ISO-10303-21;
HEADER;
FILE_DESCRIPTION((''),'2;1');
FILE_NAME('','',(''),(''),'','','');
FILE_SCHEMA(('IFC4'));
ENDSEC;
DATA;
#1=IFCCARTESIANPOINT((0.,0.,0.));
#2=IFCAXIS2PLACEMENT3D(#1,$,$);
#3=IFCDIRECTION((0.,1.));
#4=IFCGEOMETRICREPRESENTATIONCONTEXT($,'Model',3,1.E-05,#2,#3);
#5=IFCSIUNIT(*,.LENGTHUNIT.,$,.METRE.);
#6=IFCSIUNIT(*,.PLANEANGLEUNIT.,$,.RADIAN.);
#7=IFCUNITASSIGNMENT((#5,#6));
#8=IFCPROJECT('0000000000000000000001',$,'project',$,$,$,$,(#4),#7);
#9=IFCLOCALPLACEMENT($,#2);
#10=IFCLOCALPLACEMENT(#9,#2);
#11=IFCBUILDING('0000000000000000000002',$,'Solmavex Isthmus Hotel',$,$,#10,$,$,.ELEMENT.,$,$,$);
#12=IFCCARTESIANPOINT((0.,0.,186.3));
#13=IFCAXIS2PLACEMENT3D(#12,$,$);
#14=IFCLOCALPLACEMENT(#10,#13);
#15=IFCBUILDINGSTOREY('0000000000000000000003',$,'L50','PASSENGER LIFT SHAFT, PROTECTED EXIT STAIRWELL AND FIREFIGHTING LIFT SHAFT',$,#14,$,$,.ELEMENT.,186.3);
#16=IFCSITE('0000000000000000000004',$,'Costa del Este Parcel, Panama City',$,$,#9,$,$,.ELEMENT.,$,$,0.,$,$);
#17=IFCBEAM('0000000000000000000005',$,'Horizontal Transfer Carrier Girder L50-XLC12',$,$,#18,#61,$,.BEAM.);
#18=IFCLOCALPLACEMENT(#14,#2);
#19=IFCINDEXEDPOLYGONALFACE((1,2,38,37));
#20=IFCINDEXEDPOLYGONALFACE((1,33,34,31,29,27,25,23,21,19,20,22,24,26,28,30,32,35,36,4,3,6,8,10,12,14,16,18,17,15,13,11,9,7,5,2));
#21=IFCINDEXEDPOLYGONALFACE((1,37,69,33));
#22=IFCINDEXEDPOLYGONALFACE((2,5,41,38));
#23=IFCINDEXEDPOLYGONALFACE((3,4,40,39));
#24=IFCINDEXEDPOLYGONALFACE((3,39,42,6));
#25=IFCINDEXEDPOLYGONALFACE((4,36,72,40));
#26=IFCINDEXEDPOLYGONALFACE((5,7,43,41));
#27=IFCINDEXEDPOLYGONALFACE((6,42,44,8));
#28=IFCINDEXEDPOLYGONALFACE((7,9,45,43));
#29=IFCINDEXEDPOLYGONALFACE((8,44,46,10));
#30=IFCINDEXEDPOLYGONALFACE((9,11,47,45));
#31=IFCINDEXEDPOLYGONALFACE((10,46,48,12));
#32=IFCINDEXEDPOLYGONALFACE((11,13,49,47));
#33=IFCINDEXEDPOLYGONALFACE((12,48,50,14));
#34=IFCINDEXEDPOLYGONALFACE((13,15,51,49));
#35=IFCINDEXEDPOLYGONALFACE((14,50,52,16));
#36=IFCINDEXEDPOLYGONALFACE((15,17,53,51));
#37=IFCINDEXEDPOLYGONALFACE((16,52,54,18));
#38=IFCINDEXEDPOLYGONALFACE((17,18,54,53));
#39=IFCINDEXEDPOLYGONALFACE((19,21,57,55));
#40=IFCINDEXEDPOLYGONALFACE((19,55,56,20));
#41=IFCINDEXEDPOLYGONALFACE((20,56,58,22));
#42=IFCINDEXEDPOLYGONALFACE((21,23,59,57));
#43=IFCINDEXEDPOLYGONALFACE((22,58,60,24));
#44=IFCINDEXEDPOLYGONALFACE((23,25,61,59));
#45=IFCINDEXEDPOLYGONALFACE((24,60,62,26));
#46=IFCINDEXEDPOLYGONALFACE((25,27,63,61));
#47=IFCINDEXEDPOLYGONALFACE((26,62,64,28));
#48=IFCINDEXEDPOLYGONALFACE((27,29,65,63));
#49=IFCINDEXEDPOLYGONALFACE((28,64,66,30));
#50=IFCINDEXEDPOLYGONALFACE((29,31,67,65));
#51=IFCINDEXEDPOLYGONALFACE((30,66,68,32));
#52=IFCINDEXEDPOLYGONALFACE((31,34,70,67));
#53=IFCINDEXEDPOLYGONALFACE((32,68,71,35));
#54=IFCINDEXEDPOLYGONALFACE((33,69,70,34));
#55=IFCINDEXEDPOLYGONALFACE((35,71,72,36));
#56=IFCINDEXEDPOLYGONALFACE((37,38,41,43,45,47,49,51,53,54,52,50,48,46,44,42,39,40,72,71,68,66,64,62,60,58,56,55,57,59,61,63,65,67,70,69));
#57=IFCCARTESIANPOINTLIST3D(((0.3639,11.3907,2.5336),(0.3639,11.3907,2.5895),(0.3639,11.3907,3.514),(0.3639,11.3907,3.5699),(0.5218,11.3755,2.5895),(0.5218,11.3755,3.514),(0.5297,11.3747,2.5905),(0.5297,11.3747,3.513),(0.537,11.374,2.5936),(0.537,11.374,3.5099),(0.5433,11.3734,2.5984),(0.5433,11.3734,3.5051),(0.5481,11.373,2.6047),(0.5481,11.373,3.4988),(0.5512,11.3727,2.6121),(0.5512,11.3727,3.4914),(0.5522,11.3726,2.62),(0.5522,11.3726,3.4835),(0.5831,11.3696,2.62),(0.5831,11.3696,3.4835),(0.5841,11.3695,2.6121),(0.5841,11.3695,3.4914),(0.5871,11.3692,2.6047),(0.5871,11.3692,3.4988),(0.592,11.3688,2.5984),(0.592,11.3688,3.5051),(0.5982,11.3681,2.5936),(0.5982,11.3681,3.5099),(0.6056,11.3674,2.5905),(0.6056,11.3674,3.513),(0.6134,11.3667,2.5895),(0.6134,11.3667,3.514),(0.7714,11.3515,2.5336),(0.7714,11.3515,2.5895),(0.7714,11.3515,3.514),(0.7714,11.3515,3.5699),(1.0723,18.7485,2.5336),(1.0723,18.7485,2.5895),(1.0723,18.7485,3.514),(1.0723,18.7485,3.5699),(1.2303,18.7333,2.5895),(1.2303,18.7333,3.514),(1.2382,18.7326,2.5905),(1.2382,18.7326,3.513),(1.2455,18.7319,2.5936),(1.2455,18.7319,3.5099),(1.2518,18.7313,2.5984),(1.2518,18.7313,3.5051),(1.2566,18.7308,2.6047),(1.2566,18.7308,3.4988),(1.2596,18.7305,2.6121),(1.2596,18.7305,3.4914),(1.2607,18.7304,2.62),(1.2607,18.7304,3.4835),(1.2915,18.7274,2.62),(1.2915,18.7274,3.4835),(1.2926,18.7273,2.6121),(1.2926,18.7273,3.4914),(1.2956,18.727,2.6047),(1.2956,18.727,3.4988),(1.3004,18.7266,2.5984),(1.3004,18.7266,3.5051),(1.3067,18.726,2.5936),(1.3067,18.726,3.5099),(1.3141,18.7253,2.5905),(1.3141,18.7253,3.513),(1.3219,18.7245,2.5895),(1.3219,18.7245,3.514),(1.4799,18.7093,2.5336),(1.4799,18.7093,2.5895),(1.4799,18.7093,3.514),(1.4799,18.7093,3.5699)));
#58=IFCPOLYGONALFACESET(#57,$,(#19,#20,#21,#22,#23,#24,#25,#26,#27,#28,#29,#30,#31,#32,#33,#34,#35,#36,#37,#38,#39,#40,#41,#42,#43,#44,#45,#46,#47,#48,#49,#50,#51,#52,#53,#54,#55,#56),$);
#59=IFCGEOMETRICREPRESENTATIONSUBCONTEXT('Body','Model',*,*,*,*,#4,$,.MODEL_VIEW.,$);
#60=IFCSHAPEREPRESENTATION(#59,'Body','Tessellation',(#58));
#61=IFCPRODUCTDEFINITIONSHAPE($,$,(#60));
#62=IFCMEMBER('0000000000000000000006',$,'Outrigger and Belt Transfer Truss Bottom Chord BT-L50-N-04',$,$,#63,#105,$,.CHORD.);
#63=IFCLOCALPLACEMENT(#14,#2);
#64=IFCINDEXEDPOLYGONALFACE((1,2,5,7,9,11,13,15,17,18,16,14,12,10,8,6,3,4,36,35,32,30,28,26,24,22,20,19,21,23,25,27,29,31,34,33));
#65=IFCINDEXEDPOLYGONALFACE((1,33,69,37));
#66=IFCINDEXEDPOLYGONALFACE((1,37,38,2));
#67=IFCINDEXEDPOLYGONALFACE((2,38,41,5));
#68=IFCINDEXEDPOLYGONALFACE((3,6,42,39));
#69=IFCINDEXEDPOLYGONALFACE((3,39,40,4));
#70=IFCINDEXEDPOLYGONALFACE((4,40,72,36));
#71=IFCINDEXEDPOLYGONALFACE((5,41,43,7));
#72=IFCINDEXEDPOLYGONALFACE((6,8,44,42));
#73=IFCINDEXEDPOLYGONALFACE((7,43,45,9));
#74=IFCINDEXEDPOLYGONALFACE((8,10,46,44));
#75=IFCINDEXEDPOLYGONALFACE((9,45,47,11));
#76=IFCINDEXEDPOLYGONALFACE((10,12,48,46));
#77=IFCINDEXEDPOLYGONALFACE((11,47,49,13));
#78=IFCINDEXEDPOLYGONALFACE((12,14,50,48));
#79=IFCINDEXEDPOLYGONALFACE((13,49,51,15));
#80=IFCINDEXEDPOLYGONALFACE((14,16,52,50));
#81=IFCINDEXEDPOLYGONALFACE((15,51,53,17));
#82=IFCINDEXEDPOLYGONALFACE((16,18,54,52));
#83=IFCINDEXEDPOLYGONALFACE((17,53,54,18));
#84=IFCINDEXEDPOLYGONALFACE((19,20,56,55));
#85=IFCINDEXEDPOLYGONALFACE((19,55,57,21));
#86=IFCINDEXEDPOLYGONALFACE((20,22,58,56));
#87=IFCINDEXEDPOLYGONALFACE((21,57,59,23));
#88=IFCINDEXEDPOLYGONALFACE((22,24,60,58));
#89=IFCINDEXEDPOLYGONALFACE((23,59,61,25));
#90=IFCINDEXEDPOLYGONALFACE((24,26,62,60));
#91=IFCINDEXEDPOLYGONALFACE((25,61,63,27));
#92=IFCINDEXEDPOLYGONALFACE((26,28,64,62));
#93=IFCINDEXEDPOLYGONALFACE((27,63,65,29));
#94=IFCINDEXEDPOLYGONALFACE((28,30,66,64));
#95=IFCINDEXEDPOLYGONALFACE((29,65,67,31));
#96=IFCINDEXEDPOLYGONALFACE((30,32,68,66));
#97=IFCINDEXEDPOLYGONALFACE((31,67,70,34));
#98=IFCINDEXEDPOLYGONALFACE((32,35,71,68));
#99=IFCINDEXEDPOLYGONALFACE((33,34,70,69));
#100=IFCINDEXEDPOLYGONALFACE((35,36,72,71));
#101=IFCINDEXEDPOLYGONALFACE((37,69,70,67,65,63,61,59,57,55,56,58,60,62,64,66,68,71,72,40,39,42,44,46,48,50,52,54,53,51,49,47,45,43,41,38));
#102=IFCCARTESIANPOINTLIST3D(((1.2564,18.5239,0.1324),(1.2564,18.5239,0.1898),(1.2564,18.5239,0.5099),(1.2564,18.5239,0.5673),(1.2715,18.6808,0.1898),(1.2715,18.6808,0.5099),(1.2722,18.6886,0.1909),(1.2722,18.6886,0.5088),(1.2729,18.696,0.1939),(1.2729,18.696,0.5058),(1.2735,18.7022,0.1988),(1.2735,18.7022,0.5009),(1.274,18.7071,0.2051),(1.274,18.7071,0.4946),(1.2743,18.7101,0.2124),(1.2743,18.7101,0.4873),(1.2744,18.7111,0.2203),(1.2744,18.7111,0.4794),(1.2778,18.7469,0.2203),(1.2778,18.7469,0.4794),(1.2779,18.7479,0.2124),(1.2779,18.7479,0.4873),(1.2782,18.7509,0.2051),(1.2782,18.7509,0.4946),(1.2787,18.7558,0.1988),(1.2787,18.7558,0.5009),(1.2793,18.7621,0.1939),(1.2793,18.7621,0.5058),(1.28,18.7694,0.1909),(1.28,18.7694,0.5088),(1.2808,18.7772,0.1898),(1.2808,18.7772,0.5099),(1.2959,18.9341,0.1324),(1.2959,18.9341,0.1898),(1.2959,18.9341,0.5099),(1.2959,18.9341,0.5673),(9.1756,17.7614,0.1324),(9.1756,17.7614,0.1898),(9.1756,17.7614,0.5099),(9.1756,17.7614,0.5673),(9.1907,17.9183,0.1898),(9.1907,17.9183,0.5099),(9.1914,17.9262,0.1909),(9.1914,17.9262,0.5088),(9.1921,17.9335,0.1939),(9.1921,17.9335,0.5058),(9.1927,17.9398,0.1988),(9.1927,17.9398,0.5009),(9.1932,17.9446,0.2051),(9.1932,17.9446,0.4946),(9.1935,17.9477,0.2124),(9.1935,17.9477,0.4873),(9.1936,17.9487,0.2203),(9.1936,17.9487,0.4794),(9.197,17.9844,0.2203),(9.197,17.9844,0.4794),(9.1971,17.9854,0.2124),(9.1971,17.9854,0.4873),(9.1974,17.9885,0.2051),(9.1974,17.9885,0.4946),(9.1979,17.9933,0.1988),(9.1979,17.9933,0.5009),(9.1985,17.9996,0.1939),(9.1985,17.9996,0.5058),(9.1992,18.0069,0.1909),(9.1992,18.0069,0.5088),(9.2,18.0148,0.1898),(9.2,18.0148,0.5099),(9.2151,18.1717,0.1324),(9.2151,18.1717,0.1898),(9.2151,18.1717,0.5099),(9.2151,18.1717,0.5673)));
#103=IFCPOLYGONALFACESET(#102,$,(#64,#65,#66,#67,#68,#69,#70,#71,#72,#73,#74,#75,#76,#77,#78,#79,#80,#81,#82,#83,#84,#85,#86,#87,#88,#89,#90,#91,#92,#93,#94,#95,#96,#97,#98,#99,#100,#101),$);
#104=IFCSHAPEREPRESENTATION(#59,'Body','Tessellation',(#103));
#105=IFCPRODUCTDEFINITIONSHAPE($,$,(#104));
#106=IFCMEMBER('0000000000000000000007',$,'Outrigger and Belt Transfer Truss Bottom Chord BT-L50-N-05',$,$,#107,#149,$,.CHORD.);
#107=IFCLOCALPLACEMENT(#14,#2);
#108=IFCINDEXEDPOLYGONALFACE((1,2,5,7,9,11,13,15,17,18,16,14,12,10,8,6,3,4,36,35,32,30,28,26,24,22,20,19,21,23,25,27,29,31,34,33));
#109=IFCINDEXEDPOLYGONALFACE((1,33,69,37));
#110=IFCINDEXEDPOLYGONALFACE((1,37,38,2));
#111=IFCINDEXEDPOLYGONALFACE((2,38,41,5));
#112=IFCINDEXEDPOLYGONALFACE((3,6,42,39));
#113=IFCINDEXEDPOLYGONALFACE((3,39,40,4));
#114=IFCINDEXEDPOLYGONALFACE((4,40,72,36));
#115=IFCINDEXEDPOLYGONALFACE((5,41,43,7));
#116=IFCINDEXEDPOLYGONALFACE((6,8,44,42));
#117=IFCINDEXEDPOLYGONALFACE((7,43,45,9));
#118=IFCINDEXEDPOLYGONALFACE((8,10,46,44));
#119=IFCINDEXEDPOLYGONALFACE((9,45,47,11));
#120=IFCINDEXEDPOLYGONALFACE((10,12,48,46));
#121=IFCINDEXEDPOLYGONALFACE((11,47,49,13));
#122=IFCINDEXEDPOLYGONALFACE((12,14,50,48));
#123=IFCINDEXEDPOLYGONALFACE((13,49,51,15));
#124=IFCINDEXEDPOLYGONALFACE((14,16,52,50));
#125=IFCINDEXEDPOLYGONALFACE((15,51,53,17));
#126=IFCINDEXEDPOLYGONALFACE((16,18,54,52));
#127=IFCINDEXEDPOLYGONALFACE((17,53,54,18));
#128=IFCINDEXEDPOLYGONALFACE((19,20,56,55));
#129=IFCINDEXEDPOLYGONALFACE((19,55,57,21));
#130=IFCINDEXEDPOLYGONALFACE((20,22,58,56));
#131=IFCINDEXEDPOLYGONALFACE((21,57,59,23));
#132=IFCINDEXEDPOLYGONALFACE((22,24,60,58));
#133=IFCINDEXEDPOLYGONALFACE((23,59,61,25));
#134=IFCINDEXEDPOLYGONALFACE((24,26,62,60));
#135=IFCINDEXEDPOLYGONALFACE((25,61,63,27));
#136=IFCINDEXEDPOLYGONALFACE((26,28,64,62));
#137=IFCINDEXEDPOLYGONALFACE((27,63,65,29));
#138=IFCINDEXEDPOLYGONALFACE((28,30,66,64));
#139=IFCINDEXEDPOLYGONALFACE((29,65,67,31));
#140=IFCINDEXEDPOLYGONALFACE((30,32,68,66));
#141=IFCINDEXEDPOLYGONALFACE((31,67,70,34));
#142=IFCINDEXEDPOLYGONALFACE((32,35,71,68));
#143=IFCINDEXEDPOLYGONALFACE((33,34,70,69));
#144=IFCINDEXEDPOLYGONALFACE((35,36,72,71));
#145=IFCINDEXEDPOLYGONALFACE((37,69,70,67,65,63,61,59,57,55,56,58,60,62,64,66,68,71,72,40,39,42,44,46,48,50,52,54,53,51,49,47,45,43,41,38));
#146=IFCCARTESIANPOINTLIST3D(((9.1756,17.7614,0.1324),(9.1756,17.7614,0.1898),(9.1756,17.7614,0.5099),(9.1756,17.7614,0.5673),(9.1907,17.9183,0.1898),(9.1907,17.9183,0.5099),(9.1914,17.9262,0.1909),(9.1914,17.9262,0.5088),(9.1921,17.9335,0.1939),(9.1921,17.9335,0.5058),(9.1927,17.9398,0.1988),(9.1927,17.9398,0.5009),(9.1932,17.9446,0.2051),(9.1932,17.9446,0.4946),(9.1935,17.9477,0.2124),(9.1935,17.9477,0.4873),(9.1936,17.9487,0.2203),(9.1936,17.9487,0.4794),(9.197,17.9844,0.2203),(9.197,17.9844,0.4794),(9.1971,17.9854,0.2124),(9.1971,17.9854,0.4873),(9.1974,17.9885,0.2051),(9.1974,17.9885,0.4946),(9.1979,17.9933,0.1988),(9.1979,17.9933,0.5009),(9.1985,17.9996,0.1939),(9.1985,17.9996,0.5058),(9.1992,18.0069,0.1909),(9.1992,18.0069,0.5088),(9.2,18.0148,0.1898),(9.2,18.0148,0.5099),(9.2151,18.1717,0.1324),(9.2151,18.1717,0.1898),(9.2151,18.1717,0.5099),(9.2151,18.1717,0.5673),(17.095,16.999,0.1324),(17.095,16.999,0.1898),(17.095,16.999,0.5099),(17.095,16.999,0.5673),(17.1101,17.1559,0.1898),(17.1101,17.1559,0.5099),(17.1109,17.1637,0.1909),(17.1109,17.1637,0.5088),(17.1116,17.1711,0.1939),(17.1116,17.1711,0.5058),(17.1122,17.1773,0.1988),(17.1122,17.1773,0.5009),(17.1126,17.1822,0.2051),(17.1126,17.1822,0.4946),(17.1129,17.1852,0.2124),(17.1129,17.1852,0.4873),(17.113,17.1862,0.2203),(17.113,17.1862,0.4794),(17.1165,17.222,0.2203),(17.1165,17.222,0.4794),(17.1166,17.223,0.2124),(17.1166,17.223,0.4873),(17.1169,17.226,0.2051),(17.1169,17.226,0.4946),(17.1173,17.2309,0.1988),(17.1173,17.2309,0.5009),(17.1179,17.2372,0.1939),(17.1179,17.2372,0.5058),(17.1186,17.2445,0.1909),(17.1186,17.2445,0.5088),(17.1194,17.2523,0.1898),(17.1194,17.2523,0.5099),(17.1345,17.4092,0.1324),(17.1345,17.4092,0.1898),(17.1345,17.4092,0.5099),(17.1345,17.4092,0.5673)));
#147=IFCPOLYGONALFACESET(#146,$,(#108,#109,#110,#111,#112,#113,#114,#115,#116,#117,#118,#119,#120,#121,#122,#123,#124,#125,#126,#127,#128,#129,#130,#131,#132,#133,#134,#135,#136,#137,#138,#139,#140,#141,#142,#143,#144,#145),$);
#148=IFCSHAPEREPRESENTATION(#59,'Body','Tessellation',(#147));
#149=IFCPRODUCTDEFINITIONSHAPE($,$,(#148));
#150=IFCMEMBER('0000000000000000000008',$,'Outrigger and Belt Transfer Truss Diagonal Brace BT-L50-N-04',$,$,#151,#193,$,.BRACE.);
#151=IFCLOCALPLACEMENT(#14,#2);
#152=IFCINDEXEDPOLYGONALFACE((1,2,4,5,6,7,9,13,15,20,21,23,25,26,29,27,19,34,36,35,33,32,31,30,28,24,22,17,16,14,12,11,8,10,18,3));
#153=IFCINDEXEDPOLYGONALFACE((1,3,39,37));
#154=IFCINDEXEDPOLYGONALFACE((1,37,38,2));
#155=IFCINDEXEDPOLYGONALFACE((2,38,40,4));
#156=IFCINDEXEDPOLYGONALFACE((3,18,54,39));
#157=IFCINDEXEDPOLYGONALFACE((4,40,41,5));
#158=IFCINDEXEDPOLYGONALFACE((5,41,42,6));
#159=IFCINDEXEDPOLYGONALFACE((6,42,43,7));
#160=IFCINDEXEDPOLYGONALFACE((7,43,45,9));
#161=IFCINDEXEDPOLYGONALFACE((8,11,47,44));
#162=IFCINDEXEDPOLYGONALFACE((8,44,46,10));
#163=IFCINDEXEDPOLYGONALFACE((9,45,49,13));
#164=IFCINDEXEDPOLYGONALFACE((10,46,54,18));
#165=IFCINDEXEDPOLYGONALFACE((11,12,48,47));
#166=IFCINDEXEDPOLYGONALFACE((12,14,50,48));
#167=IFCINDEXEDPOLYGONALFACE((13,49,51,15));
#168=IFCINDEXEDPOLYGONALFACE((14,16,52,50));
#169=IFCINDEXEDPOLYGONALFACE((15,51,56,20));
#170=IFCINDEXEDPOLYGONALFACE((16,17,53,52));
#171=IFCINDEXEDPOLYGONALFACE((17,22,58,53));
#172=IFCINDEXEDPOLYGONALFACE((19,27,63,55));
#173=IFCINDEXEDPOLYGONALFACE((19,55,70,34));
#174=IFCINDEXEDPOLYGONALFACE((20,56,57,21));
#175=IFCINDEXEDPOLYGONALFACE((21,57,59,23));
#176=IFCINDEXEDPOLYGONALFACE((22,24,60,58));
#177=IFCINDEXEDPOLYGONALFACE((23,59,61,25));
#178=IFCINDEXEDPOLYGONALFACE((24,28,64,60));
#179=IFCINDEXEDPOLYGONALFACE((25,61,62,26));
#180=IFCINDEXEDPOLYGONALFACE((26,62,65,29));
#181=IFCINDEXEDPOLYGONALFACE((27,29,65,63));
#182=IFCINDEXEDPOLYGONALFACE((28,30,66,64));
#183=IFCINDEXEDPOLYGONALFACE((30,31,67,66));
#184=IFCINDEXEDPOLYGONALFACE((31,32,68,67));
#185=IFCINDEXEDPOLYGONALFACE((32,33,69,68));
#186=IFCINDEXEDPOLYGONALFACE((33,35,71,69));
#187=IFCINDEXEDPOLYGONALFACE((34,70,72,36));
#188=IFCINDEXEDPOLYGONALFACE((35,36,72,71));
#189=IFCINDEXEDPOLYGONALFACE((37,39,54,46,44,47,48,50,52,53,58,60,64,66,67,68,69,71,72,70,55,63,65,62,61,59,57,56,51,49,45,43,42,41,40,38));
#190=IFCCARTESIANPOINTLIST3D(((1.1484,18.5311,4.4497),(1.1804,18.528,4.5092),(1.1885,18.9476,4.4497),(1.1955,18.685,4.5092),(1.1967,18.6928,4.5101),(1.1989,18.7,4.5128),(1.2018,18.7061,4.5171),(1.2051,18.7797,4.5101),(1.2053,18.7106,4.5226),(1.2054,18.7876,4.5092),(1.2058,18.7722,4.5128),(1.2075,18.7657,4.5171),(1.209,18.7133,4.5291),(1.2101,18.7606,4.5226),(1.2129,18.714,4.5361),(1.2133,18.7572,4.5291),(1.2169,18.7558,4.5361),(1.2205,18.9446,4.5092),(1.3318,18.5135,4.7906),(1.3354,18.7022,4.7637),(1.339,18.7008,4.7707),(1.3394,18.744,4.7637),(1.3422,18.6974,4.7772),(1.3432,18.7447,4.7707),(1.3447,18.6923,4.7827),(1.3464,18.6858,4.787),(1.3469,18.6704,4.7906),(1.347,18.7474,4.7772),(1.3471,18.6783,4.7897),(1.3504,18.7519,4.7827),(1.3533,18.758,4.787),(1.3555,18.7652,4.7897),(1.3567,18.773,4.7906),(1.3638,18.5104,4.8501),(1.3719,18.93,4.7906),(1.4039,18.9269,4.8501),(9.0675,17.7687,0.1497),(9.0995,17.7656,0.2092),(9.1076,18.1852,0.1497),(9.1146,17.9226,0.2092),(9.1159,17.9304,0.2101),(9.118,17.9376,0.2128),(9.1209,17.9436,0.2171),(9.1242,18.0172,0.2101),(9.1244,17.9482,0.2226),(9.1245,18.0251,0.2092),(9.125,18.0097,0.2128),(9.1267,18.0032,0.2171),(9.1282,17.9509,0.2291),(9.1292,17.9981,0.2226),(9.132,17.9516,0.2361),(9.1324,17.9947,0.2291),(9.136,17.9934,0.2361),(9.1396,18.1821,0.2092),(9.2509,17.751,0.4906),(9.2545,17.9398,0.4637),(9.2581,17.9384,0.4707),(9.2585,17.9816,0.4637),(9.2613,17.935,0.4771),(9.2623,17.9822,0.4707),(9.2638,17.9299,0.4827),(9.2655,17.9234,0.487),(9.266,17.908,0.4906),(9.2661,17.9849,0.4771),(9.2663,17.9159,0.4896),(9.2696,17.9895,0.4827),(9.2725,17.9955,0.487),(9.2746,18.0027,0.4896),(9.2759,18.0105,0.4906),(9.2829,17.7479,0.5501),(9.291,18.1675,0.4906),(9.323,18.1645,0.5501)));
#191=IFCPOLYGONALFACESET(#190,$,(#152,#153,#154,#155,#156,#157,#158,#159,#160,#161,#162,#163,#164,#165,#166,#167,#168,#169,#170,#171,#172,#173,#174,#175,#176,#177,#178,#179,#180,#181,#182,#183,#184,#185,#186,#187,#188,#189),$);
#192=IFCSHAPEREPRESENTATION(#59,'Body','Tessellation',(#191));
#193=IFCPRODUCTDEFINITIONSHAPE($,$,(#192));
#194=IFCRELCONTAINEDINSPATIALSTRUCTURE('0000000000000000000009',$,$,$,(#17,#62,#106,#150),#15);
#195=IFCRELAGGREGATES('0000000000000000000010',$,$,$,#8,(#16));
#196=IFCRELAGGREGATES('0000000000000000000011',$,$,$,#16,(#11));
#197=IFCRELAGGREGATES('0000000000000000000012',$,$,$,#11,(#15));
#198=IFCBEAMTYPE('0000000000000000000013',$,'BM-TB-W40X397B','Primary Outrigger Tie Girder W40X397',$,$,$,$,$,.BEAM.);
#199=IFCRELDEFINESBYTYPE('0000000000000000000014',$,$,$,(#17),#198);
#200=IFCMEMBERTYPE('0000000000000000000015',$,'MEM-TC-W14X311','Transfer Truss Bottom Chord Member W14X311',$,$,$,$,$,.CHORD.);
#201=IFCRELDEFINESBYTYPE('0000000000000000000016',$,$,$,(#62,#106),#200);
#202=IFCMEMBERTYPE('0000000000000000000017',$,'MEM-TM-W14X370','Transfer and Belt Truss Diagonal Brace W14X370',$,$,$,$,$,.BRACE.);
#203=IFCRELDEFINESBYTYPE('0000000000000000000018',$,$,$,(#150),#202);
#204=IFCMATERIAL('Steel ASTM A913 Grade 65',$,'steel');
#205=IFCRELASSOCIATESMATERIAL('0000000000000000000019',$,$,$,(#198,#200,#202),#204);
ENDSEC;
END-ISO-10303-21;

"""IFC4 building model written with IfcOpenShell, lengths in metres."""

from ifc_helpers import new_model, si_unit, direction, frame, origin, origin_2d, place, context, subcontext, project, spatial, i_section, extrude, material, material_profile, profile_set, type_object, element, save


model = new_model("IFC4")

# Units and contexts
model_context = context("Model", 3, precision=1e-05, world=origin(), true_north=direction((0.0, 1.0)))
body_context = subcontext(model_context, "Body", "Model", "MODEL_VIEW")
ifc_project = project(units=[si_unit("LENGTHUNIT", "METRE"), si_unit("PLANEANGLEUNIT", "RADIAN")], contexts=[model_context])

# Site, building, storey
site_placement = place(None, origin())
site = spatial("IfcSite", under=ifc_project, at=site_placement, Name="Costa del Este Parcel, Panama City", CompositionType="ELEMENT", RefElevation=0.0)
building_placement = place(site_placement, origin())
building = spatial("IfcBuilding", under=site, at=building_placement, Name="Solmavex Isthmus Hotel", CompositionType="ELEMENT")
storey_placement = place(building_placement, frame((0.0, 0.0, 186.3)))
storey = spatial("IfcBuildingStorey", under=building, at=storey_placement, Name="L50", Description="PASSENGER LIFT SHAFT, PROTECTED EXIT STAIRWELL AND FIREFIGHTING LIFT SHAFT", CompositionType="ELEMENT", Elevation=186.3)

# Shared definitions
ifc_material_1 = material(Name="Steel ASTM A913 Grade 65", Category="steel")

# Beam
ifc_material_profile_1 = material_profile(ifc_material_1, i_section(OverallWidth=0.4094, OverallDepth=1.0364, WebThickness=0.031, FlangeThickness=0.0559, FilletRadius=0.0305, at=origin_2d()), Name="W40X397")
ifc_profile_set_1 = profile_set([ifc_material_profile_1], Name="Steel ASTM A913 Grade 65")
beam_type_1 = type_object("IfcBeamType", Name="BM-TB-W40X397B", Description="Primary Outrigger Tie Girder W40X397", PredefinedType="BEAM", material=ifc_profile_set_1)
beam_1_placement = place(storey_placement, frame((0.5676, 11.3711, 3.0518), z_axis=(0.095847, 0.995396, 0.0), x_axis=(-0.995396, 0.095847, 0.0)))
element("IfcBeam", 1, at=beam_1_placement, inside=storey, type_object=beam_type_1, Name="Horizontal Transfer Carrier Girder L50-XLC12", PredefinedType="BEAM", context=body_context, shape_type="SweptSolid", body=[
    extrude(i_section(OverallWidth=0.4094, OverallDepth=1.0364, WebThickness=0.031, FlangeThickness=0.0559, FilletRadius=0.0305, at=origin_2d()), origin(), (0.0, 0.0, 1.0), 7.3918),
])

# Members
ifc_material_profile_2 = material_profile(ifc_material_1, i_section(OverallWidth=0.4121, OverallDepth=0.4348, WebThickness=0.0359, FlangeThickness=0.0574, FilletRadius=0.0305, at=origin_2d()), Name="W14X311")
ifc_profile_set_2 = profile_set([ifc_material_profile_2], Name="Steel ASTM A913 Grade 65")
member_type_1 = type_object("IfcMemberType", Name="MEM-TC-W14X311", Description="Transfer Truss Bottom Chord Member W14X311", PredefinedType="CHORD", material=ifc_profile_set_2)
member_1_placement = place(storey_placement, frame((1.2761, 18.729, 0.3499), z_axis=(0.995397, -0.095836, 0.0), x_axis=(0.095836, 0.995397, 0.0)))
element("IfcMember", 2, at=member_1_placement, inside=storey, type_object=member_type_1, Name="Outrigger and Belt Transfer Truss Bottom Chord BT-L50-N-04", PredefinedType="CHORD", context=body_context, shape_type="SweptSolid", body=[
    extrude(i_section(OverallWidth=0.4121, OverallDepth=0.4348, WebThickness=0.0359, FlangeThickness=0.0574, FilletRadius=0.0305, at=origin_2d()), origin(), (0.0, 0.0, 1.0), 7.9558),
])
member_2_placement = place(storey_placement, frame((9.1953, 17.9666, 0.3499), z_axis=(0.995397, -0.095833, 0.0), x_axis=(0.095833, 0.995397, 0.0)))
element("IfcMember", 3, at=member_2_placement, inside=storey, type_object=member_type_1, Name="Outrigger and Belt Transfer Truss Bottom Chord BT-L50-N-05", PredefinedType="CHORD", context=body_context, shape_type="SweptSolid", body=[
    extrude(i_section(OverallWidth=0.4121, OverallDepth=0.4348, WebThickness=0.0359, FlangeThickness=0.0574, FilletRadius=0.0305, at=origin_2d()), origin(), (0.0, 0.0, 1.0), 7.9561),
])
ifc_material_profile_3 = material_profile(ifc_material_1, i_section(OverallWidth=0.4185, OverallDepth=0.4551, WebThickness=0.042, FlangeThickness=0.0676, FilletRadius=0.0305, at=origin_2d()), Name="W14X370")
ifc_profile_set_3 = profile_set([ifc_material_profile_3], Name="Steel ASTM A913 Grade 65")
member_type_2 = type_object("IfcMemberType", Name="MEM-TM-W14X370", Description="Transfer and Belt Truss Diagonal Brace W14X370", PredefinedType="BRACE", material=ifc_profile_set_3)
member_3_placement = place(storey_placement, frame((1.2761, 18.729, 4.6499), z_axis=(0.875675, -0.084309, -0.475484), x_axis=(0.095836, 0.995397, 0.0)))
element("IfcMember", 4, at=member_3_placement, inside=storey, type_object=member_type_2, Name="Outrigger and Belt Transfer Truss Diagonal Brace BT-L50-N-04", PredefinedType="BRACE", context=body_context, shape_type="SweptSolid", body=[
    extrude(i_section(OverallWidth=0.4185, OverallDepth=0.4551, WebThickness=0.042, FlangeThickness=0.0676, FilletRadius=0.0305, at=origin_2d()), origin(), (0.0, 0.0, 1.0), 9.0435),
])

save(model, "model.ifc")
